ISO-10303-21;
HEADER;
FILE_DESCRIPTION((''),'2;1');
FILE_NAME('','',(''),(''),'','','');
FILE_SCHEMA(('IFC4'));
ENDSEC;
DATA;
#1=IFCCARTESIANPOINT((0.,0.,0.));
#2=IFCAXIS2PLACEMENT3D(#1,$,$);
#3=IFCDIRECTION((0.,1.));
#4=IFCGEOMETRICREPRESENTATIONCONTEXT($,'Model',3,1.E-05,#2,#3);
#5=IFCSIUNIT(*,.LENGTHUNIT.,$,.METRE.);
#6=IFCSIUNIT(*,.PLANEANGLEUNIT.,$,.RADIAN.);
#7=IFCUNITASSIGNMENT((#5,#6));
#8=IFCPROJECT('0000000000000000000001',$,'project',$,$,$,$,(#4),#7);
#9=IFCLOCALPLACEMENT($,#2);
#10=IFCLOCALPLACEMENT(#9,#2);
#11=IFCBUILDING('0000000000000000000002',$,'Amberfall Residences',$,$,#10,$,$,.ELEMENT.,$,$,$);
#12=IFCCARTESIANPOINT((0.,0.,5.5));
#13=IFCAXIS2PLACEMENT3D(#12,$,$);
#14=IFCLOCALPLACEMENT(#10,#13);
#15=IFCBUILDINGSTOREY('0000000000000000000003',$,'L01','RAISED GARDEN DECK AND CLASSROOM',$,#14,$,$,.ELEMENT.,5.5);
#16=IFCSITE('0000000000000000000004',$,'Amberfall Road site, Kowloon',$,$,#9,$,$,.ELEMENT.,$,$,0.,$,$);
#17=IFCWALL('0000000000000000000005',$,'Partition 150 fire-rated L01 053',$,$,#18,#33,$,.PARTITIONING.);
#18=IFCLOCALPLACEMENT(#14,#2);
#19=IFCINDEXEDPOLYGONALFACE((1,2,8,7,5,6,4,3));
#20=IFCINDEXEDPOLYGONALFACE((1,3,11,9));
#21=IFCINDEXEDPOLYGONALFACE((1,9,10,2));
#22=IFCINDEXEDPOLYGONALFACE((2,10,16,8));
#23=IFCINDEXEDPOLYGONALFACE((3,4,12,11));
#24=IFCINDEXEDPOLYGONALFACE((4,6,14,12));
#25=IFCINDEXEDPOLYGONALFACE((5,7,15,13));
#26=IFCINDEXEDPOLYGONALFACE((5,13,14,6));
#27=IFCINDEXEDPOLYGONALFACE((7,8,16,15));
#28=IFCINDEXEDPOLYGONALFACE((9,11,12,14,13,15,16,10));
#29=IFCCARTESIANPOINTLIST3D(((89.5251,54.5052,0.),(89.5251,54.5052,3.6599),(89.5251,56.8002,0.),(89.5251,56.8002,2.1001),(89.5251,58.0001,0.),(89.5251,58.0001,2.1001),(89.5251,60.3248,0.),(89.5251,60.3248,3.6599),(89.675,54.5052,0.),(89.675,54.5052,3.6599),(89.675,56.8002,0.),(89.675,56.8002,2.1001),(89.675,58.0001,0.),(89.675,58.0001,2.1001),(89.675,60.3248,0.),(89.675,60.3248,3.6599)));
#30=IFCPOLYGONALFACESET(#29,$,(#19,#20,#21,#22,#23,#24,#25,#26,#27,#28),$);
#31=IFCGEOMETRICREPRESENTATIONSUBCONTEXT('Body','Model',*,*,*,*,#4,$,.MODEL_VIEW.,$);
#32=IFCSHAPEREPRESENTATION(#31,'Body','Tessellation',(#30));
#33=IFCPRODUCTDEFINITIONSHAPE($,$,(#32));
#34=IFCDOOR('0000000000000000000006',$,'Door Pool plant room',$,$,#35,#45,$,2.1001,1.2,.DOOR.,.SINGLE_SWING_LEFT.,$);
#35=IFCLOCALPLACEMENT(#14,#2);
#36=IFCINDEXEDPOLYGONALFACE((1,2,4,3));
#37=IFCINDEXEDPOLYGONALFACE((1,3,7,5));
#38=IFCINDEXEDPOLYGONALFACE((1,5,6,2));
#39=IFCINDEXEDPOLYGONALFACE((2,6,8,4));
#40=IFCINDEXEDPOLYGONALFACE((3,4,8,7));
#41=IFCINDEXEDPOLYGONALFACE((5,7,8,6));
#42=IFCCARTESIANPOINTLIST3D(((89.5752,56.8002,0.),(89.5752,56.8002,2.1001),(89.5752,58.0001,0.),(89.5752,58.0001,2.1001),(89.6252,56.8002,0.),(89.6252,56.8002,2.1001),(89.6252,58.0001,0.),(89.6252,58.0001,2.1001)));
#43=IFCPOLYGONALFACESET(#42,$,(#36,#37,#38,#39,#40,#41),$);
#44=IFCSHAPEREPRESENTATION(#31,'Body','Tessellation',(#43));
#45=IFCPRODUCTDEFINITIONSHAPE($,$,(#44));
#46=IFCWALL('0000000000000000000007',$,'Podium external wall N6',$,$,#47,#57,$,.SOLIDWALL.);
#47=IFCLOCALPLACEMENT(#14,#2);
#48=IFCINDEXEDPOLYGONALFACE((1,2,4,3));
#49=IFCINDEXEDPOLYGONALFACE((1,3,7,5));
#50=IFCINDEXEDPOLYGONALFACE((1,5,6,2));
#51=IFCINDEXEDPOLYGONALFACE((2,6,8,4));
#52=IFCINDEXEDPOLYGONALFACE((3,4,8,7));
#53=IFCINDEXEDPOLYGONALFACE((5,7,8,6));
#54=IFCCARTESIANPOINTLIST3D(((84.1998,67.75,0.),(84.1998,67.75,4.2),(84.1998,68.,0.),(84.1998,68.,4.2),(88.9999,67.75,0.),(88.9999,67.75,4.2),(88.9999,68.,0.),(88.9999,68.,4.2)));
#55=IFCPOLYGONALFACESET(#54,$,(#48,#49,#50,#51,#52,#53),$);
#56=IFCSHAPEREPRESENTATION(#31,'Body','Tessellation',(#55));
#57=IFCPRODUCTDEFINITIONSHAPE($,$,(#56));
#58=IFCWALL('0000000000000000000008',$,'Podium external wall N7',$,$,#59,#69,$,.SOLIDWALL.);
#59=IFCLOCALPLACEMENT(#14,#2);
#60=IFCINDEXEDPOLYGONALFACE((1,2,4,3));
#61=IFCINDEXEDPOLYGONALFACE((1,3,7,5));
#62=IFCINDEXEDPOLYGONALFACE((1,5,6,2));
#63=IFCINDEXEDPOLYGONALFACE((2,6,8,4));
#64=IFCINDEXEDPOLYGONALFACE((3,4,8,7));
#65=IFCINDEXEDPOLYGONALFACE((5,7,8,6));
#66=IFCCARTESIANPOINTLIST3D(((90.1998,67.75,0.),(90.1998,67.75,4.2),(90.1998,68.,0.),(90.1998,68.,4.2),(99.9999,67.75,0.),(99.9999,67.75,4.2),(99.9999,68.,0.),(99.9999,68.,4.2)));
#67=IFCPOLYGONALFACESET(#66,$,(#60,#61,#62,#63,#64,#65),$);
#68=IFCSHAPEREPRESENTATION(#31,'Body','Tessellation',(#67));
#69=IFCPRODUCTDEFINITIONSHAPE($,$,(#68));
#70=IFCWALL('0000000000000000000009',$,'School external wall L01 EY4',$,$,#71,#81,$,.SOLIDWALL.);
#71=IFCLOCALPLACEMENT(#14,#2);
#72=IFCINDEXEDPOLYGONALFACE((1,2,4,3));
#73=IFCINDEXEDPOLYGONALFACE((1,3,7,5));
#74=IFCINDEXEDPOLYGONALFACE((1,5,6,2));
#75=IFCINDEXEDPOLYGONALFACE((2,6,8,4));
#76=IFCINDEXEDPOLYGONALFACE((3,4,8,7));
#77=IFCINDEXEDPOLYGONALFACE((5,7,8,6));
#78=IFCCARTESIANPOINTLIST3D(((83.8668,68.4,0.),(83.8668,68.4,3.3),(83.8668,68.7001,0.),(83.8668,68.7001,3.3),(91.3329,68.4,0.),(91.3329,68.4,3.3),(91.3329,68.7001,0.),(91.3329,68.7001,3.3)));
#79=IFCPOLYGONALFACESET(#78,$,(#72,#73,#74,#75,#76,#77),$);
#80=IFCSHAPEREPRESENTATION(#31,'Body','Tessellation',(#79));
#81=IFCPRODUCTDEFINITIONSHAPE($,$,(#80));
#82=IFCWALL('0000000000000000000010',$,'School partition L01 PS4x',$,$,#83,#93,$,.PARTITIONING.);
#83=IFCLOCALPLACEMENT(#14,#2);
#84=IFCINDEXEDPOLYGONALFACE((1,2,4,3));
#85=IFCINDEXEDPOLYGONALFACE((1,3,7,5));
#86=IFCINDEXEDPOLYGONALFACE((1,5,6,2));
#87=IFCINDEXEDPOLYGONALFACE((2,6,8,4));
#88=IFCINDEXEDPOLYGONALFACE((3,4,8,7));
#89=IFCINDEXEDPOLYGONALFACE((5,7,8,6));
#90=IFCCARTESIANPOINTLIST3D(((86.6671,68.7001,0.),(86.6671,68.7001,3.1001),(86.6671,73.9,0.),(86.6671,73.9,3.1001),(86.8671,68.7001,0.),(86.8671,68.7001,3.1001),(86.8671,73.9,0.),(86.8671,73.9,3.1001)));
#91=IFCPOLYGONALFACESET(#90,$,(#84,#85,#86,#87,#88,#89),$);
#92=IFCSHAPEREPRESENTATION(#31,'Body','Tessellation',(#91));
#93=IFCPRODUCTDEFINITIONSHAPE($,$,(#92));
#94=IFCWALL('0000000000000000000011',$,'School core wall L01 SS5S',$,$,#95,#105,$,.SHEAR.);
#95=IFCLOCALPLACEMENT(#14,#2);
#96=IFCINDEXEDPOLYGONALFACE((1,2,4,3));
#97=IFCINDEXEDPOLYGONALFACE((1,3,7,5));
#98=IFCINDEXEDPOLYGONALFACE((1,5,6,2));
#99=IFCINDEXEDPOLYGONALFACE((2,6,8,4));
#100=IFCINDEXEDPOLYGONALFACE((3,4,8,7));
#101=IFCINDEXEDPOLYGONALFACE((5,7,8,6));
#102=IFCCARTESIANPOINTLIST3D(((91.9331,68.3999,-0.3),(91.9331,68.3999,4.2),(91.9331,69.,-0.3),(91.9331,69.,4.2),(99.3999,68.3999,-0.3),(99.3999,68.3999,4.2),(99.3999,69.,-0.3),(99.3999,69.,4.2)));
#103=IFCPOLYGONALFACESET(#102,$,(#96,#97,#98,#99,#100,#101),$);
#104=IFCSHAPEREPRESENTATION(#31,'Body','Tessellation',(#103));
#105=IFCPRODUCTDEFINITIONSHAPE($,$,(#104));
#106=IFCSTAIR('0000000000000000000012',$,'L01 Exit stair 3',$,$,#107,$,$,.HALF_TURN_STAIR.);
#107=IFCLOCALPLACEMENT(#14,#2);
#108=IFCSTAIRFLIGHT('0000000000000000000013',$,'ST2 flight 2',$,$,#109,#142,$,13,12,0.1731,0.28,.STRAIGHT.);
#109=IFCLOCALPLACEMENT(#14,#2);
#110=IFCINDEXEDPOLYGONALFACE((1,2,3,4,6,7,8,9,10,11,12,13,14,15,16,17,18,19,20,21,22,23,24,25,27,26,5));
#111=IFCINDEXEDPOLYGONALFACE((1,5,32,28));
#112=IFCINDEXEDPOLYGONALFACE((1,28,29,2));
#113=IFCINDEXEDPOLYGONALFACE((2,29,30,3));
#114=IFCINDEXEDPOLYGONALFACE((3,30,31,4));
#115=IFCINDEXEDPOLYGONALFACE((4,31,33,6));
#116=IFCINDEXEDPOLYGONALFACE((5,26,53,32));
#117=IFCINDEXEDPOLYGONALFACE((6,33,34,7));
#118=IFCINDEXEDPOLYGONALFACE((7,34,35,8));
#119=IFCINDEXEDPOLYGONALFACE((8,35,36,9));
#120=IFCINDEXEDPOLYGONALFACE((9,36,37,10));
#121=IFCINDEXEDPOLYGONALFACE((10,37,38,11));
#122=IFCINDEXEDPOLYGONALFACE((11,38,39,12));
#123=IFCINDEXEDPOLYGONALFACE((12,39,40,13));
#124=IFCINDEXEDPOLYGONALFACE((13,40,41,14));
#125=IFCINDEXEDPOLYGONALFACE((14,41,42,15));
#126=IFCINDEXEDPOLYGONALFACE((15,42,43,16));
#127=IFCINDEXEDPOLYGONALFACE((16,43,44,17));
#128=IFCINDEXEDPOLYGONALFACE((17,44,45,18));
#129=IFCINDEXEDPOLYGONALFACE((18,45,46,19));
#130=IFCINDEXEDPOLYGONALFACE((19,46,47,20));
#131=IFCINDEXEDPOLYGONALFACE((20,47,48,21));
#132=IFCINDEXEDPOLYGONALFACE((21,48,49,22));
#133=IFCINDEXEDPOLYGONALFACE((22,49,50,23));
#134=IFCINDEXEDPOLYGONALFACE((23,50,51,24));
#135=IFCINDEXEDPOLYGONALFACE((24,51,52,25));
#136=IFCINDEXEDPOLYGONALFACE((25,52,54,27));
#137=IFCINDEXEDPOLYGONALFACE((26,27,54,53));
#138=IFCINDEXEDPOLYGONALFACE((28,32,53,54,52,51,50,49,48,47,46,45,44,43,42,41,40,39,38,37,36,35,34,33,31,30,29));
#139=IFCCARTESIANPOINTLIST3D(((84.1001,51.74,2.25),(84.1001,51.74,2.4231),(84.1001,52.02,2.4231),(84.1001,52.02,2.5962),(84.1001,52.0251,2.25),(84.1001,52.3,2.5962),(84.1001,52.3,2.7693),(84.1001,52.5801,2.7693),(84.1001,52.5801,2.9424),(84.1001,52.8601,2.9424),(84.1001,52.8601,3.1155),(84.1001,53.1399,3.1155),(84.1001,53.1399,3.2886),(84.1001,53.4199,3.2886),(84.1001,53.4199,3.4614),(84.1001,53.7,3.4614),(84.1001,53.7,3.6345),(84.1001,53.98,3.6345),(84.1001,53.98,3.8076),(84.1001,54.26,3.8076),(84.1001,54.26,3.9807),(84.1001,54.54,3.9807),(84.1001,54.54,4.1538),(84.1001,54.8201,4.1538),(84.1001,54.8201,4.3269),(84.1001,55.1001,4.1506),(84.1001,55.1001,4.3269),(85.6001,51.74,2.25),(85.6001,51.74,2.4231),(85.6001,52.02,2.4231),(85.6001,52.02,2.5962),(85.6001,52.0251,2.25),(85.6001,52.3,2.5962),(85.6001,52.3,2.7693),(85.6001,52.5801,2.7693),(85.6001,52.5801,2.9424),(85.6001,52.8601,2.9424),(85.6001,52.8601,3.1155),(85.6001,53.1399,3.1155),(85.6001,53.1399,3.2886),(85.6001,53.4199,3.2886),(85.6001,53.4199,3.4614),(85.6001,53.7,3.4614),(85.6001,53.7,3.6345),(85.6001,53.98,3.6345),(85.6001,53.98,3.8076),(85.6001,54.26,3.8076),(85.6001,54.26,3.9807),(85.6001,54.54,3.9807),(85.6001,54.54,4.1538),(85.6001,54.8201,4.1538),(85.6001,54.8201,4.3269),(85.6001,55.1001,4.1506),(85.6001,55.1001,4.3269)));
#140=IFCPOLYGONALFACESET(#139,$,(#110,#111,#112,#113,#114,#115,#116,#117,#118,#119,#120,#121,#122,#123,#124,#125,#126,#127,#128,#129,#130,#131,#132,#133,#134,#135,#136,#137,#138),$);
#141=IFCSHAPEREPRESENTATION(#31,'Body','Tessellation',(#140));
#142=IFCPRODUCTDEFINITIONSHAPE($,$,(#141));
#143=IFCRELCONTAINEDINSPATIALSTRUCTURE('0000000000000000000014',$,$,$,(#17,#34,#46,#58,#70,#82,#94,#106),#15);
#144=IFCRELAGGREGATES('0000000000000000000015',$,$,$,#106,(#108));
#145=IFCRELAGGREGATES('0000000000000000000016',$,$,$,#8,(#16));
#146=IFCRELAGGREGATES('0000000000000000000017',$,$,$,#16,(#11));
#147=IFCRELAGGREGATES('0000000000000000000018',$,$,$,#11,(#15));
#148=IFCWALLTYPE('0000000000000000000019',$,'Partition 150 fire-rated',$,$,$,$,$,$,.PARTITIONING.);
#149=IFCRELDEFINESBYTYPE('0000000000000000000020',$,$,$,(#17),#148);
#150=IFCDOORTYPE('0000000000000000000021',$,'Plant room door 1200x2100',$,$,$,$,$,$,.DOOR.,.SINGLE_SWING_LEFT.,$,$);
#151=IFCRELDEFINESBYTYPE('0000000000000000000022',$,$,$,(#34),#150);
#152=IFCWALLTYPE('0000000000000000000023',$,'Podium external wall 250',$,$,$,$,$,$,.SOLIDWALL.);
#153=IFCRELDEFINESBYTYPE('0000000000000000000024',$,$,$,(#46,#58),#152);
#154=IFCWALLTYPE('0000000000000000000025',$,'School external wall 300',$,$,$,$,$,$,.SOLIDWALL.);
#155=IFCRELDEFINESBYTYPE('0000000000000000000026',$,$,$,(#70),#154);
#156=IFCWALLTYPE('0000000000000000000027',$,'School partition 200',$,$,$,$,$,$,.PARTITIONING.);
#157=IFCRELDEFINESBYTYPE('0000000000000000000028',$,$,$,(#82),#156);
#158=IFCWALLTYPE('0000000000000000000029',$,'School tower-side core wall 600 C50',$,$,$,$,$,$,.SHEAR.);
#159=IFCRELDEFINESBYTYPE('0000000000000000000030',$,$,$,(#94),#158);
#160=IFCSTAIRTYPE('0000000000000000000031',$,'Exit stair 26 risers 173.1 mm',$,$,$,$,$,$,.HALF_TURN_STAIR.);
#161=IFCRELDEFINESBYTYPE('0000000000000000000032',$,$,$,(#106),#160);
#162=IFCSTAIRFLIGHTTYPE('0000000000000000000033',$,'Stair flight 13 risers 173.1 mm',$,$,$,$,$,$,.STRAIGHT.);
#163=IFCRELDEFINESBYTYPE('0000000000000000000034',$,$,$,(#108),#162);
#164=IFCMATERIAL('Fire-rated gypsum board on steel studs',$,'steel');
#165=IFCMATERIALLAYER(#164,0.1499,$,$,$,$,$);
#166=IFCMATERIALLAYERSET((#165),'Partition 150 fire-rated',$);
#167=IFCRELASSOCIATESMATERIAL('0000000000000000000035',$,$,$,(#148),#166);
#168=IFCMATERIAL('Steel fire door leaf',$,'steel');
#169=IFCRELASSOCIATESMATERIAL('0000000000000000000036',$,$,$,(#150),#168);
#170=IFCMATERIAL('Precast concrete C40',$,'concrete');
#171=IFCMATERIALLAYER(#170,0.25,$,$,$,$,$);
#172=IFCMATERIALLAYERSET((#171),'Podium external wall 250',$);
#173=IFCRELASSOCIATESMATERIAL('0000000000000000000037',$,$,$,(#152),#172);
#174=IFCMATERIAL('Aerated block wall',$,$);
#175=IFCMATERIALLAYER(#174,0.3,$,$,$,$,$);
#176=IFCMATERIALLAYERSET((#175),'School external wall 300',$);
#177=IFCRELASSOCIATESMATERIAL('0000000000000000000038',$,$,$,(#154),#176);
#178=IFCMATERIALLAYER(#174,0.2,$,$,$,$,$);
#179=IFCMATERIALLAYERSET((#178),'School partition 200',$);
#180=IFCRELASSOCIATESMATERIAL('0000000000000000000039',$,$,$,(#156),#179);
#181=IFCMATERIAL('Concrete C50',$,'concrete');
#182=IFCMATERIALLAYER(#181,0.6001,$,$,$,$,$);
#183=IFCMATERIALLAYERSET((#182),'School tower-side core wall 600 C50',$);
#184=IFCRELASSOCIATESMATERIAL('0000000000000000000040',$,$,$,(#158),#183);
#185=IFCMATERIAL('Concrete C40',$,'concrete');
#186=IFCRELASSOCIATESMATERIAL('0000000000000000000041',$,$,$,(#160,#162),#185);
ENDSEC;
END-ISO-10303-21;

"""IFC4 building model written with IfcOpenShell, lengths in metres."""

from ifc_helpers import new_model, si_unit, direction, frame, frame_2d, origin, place, context, subcontext, project, spatial, polyline, rectangle, outline, extrude, material, layer, layer_set, type_object, element, fill, aggregate, save


model = new_model("IFC4")

# Units and contexts
model_context = context("Model", 3, precision=1e-05, world=origin(), true_north=direction((0.0, 1.0)))
body_context = subcontext(model_context, "Body", "Model", "MODEL_VIEW")
ifc_project = project(units=[si_unit("LENGTHUNIT", "METRE"), si_unit("PLANEANGLEUNIT", "RADIAN")], contexts=[model_context])

# Site, building, storey
site_placement = place(None, origin())
site = spatial("IfcSite", under=ifc_project, at=site_placement, Name="Amberfall Road site, Kowloon", CompositionType="ELEMENT", RefElevation=0.0)
building_placement = place(site_placement, origin())
building = spatial("IfcBuilding", under=site, at=building_placement, Name="Amberfall Residences", CompositionType="ELEMENT")
storey_placement = place(building_placement, frame((0.0, 0.0, 5.5)))
storey = spatial("IfcBuildingStorey", under=building, at=storey_placement, Name="L01", Description="RAISED GARDEN DECK AND CLASSROOM", CompositionType="ELEMENT", Elevation=5.5)

# Shared definitions
ifc_material_1 = material(Name="Concrete C50", Category="concrete")

# Shared definitions
ifc_material_2 = material(Name="Concrete C40", Category="concrete")

# Shared definitions
ifc_material_3 = material(Name="Fire-rated gypsum board on steel studs", Category="steel")
ifc_layer_1 = layer(ifc_material_3, 0.1499)
ifc_layer_set_1 = layer_set([ifc_layer_1], Name="Partition 150 fire-rated")
wall_type_1 = type_object("IfcWallType", Name="Partition 150 fire-rated", PredefinedType="PARTITIONING", material=ifc_layer_set_1)

# Wall, opening, door
wall_1_placement = place(storey_placement, frame((89.6001, 54.5054, 0.0), z_axis=(0.0, 0.0, 1.0), x_axis=(0.0, 1.0, 0.0)))
wall_1 = element("IfcWall", 1, at=wall_1_placement, inside=storey, type_object=wall_type_1, Name="Partition 150 fire-rated L01 053", PredefinedType="PARTITIONING", context=body_context, shape_type="SweptSolid", body=[
    extrude(rectangle(XDim=5.8196, YDim=0.1499, at=frame_2d((2.9097, 0.0))), origin(), (0.0, 0.0, 1.0), 3.6599),
])
opening_1_placement = place(wall_1_placement, frame((2.2947, 0.0, 0.0)))
opening_1 = element("IfcOpeningElement", 2, at=opening_1_placement, cuts=wall_1, PredefinedType="OPENING", context=body_context, shape_type="SweptSolid", body=[
    extrude(rectangle(XDim=1.2, YDim=2.1001, at=frame_2d((0.6001, 1.05))), frame((0.0, 0.085, 0.0), z_axis=(0.0, -1.0, 0.0), x_axis=(1.0, 0.0, 0.0)), (0.0, 0.0, 1.0), 0.1699),
])
ifc_material_4 = material(Name="Steel fire door leaf", Category="steel")
door_type_1 = type_object("IfcDoorType", Name="Plant room door 1200x2100", OperationType="SINGLE_SWING_LEFT", PredefinedType="DOOR", material=ifc_material_4)
door_1_placement = place(opening_1_placement, origin())
door_1 = element("IfcDoor", 3, at=door_1_placement, inside=storey, type_object=door_type_1, Name="Door Pool plant room", OperationType="SINGLE_SWING_LEFT", OverallHeight=2.1001, OverallWidth=1.2, PredefinedType="DOOR", context=body_context, shape_type="SweptSolid", body=[
    extrude(rectangle(XDim=1.2, YDim=2.1001, at=frame_2d((0.6001, 1.05))), frame((0.0, 0.0249, 0.0), z_axis=(0.0, -1.0, 0.0), x_axis=(1.0, 0.0, 0.0)), (0.0, 0.0, 1.0), 0.05),
])
fill(opening_1, door_1)

# Walls
ifc_material_5 = material(Name="Precast concrete C40", Category="concrete")
ifc_layer_2 = layer(ifc_material_5, 0.25)
ifc_layer_set_2 = layer_set([ifc_layer_2], Name="Podium external wall 250")
wall_type_2 = type_object("IfcWallType", Name="Podium external wall 250", PredefinedType="SOLIDWALL", material=ifc_layer_set_2)
wall_2_placement = place(storey_placement, frame((84.2, 67.875, 0.0), z_axis=(0.0, 0.0, 1.0), x_axis=(1.0, 0.0, 0.0)))
element("IfcWall", 4, at=wall_2_placement, inside=storey, type_object=wall_type_2, Name="Podium external wall N6", PredefinedType="SOLIDWALL", context=body_context, shape_type="SweptSolid", body=[
    extrude(rectangle(XDim=4.8, YDim=0.25, at=frame_2d((2.3999, 0.0))), origin(), (0.0, 0.0, 1.0), 4.2),
])
wall_3_placement = place(storey_placement, frame((90.2, 67.875, 0.0), z_axis=(0.0, 0.0, 1.0), x_axis=(1.0, 0.0, 0.0)))
element("IfcWall", 5, at=wall_3_placement, inside=storey, type_object=wall_type_2, Name="Podium external wall N7", PredefinedType="SOLIDWALL", context=body_context, shape_type="SweptSolid", body=[
    extrude(rectangle(XDim=9.8, YDim=0.25, at=frame_2d((4.8999, 0.0))), origin(), (0.0, 0.0, 1.0), 4.2),
])
ifc_material_6 = material(Name="Aerated block wall")
ifc_layer_3 = layer(ifc_material_6, 0.3)
ifc_layer_set_3 = layer_set([ifc_layer_3], Name="School external wall 300")
wall_type_3 = type_object("IfcWallType", Name="School external wall 300", PredefinedType="SOLIDWALL", material=ifc_layer_set_3)
wall_4_placement = place(storey_placement, frame((83.8669, 68.55, 0.0), z_axis=(0.0, 0.0, 1.0), x_axis=(1.0, 0.0, 0.0)))
element("IfcWall", 6, at=wall_4_placement, inside=storey, type_object=wall_type_3, Name="School external wall L01 EY4", PredefinedType="SOLIDWALL", context=body_context, shape_type="SweptSolid", body=[
    extrude(rectangle(XDim=7.4661, YDim=0.3, at=frame_2d((3.7329, 0.0))), origin(), (0.0, 0.0, 1.0), 3.3),
])
ifc_layer_4 = layer(ifc_material_6, 0.2)
ifc_layer_set_4 = layer_set([ifc_layer_4], Name="School partition 200")
wall_type_4 = type_object("IfcWallType", Name="School partition 200", PredefinedType="PARTITIONING", material=ifc_layer_set_4)
wall_5_placement = place(storey_placement, frame((86.7671, 68.7, 0.0), z_axis=(0.0, 0.0, 1.0), x_axis=(0.0, 1.0, 0.0)))
element("IfcWall", 7, at=wall_5_placement, inside=storey, type_object=wall_type_4, Name="School partition L01 PS4x", PredefinedType="PARTITIONING", context=body_context, shape_type="SweptSolid", body=[
    extrude(rectangle(XDim=5.2, YDim=0.2, at=frame_2d((2.6001, 0.0))), origin(), (0.0, 0.0, 1.0), 3.1001),
])
ifc_layer_5 = layer(ifc_material_1, 0.6001)
ifc_layer_set_5 = layer_set([ifc_layer_5], Name="School tower-side core wall 600 C50")
wall_type_5 = type_object("IfcWallType", Name="School tower-side core wall 600 C50", PredefinedType="SHEAR", material=ifc_layer_set_5)
wall_6_placement = place(storey_placement, frame((91.9331, 68.7, -0.3), z_axis=(0.0, 0.0, 1.0), x_axis=(1.0, 0.0, 0.0)))
element("IfcWall", 8, at=wall_6_placement, inside=storey, type_object=wall_type_5, Name="School core wall L01 SS5S", PredefinedType="SHEAR", context=body_context, shape_type="SweptSolid", body=[
    extrude(rectangle(XDim=7.4668, YDim=0.6001, at=frame_2d((3.7334, 0.0))), origin(), (0.0, 0.0, 1.0), 4.5),
])

# Stair, stair flight
stair_type = type_object("IfcStairType", Name="Exit stair 26 risers 173.1 mm", PredefinedType="HALF_TURN_STAIR", material=ifc_material_2)
stair_placement = place(storey_placement, origin())
stair = element("IfcStair", 9, at=stair_placement, inside=storey, type_object=stair_type, Name="L01 Exit stair 3", PredefinedType="HALF_TURN_STAIR")
stair_flight_type = type_object("IfcStairFlightType", Name="Stair flight 13 risers 173.1 mm", PredefinedType="STRAIGHT", material=ifc_material_2)
stair_flight_placement = place(storey_placement, frame((84.8501, 51.74, 2.25), z_axis=(0.0, 0.0, 1.0), x_axis=(0.0, 1.0, 0.0)))
stair_flight = element("IfcStairFlight", 10, at=stair_flight_placement, type_object=stair_flight_type, Name="ST2 flight 2", NumberOfRisers=13, NumberOfTreads=12, PredefinedType="STRAIGHT", RiserHeight=0.1731, TreadLength=0.28, context=body_context, shape_type="SweptSolid", body=[
    extrude(outline(polyline([(0.0, 0.0), (0.0, 0.1731), (0.28, 0.1731), (0.28, 0.3462), (0.5601, 0.3462), (0.5601, 0.5193), (0.8401, 0.5193), (0.8401, 0.6924), (1.1201, 0.6924), (1.1201, 0.8655), (1.3999, 0.8655), (1.3999, 1.0386), (1.6799, 1.0386), (1.6799, 1.2114), (1.96, 1.2114), (1.96, 1.3845), (2.24, 1.3845), (2.24, 1.5576), (2.52, 1.5576), (2.52, 1.7307), (2.8, 1.7307), (2.8, 1.9038), (3.0801, 1.9038), (3.0801, 2.0769), (3.3601, 2.0769), (3.3601, 2.25), (3.3601, 1.9006), (0.2852, 0.0), (0.0, 0.0)])), frame((0.0, 0.75, 0.0), z_axis=(0.0, -1.0, 0.0), x_axis=(1.0, 0.0, 0.0)), (0.0, 0.0, 1.0), 1.5),
])
aggregate(stair, [stair_flight])

save(model, "model.ifc")
